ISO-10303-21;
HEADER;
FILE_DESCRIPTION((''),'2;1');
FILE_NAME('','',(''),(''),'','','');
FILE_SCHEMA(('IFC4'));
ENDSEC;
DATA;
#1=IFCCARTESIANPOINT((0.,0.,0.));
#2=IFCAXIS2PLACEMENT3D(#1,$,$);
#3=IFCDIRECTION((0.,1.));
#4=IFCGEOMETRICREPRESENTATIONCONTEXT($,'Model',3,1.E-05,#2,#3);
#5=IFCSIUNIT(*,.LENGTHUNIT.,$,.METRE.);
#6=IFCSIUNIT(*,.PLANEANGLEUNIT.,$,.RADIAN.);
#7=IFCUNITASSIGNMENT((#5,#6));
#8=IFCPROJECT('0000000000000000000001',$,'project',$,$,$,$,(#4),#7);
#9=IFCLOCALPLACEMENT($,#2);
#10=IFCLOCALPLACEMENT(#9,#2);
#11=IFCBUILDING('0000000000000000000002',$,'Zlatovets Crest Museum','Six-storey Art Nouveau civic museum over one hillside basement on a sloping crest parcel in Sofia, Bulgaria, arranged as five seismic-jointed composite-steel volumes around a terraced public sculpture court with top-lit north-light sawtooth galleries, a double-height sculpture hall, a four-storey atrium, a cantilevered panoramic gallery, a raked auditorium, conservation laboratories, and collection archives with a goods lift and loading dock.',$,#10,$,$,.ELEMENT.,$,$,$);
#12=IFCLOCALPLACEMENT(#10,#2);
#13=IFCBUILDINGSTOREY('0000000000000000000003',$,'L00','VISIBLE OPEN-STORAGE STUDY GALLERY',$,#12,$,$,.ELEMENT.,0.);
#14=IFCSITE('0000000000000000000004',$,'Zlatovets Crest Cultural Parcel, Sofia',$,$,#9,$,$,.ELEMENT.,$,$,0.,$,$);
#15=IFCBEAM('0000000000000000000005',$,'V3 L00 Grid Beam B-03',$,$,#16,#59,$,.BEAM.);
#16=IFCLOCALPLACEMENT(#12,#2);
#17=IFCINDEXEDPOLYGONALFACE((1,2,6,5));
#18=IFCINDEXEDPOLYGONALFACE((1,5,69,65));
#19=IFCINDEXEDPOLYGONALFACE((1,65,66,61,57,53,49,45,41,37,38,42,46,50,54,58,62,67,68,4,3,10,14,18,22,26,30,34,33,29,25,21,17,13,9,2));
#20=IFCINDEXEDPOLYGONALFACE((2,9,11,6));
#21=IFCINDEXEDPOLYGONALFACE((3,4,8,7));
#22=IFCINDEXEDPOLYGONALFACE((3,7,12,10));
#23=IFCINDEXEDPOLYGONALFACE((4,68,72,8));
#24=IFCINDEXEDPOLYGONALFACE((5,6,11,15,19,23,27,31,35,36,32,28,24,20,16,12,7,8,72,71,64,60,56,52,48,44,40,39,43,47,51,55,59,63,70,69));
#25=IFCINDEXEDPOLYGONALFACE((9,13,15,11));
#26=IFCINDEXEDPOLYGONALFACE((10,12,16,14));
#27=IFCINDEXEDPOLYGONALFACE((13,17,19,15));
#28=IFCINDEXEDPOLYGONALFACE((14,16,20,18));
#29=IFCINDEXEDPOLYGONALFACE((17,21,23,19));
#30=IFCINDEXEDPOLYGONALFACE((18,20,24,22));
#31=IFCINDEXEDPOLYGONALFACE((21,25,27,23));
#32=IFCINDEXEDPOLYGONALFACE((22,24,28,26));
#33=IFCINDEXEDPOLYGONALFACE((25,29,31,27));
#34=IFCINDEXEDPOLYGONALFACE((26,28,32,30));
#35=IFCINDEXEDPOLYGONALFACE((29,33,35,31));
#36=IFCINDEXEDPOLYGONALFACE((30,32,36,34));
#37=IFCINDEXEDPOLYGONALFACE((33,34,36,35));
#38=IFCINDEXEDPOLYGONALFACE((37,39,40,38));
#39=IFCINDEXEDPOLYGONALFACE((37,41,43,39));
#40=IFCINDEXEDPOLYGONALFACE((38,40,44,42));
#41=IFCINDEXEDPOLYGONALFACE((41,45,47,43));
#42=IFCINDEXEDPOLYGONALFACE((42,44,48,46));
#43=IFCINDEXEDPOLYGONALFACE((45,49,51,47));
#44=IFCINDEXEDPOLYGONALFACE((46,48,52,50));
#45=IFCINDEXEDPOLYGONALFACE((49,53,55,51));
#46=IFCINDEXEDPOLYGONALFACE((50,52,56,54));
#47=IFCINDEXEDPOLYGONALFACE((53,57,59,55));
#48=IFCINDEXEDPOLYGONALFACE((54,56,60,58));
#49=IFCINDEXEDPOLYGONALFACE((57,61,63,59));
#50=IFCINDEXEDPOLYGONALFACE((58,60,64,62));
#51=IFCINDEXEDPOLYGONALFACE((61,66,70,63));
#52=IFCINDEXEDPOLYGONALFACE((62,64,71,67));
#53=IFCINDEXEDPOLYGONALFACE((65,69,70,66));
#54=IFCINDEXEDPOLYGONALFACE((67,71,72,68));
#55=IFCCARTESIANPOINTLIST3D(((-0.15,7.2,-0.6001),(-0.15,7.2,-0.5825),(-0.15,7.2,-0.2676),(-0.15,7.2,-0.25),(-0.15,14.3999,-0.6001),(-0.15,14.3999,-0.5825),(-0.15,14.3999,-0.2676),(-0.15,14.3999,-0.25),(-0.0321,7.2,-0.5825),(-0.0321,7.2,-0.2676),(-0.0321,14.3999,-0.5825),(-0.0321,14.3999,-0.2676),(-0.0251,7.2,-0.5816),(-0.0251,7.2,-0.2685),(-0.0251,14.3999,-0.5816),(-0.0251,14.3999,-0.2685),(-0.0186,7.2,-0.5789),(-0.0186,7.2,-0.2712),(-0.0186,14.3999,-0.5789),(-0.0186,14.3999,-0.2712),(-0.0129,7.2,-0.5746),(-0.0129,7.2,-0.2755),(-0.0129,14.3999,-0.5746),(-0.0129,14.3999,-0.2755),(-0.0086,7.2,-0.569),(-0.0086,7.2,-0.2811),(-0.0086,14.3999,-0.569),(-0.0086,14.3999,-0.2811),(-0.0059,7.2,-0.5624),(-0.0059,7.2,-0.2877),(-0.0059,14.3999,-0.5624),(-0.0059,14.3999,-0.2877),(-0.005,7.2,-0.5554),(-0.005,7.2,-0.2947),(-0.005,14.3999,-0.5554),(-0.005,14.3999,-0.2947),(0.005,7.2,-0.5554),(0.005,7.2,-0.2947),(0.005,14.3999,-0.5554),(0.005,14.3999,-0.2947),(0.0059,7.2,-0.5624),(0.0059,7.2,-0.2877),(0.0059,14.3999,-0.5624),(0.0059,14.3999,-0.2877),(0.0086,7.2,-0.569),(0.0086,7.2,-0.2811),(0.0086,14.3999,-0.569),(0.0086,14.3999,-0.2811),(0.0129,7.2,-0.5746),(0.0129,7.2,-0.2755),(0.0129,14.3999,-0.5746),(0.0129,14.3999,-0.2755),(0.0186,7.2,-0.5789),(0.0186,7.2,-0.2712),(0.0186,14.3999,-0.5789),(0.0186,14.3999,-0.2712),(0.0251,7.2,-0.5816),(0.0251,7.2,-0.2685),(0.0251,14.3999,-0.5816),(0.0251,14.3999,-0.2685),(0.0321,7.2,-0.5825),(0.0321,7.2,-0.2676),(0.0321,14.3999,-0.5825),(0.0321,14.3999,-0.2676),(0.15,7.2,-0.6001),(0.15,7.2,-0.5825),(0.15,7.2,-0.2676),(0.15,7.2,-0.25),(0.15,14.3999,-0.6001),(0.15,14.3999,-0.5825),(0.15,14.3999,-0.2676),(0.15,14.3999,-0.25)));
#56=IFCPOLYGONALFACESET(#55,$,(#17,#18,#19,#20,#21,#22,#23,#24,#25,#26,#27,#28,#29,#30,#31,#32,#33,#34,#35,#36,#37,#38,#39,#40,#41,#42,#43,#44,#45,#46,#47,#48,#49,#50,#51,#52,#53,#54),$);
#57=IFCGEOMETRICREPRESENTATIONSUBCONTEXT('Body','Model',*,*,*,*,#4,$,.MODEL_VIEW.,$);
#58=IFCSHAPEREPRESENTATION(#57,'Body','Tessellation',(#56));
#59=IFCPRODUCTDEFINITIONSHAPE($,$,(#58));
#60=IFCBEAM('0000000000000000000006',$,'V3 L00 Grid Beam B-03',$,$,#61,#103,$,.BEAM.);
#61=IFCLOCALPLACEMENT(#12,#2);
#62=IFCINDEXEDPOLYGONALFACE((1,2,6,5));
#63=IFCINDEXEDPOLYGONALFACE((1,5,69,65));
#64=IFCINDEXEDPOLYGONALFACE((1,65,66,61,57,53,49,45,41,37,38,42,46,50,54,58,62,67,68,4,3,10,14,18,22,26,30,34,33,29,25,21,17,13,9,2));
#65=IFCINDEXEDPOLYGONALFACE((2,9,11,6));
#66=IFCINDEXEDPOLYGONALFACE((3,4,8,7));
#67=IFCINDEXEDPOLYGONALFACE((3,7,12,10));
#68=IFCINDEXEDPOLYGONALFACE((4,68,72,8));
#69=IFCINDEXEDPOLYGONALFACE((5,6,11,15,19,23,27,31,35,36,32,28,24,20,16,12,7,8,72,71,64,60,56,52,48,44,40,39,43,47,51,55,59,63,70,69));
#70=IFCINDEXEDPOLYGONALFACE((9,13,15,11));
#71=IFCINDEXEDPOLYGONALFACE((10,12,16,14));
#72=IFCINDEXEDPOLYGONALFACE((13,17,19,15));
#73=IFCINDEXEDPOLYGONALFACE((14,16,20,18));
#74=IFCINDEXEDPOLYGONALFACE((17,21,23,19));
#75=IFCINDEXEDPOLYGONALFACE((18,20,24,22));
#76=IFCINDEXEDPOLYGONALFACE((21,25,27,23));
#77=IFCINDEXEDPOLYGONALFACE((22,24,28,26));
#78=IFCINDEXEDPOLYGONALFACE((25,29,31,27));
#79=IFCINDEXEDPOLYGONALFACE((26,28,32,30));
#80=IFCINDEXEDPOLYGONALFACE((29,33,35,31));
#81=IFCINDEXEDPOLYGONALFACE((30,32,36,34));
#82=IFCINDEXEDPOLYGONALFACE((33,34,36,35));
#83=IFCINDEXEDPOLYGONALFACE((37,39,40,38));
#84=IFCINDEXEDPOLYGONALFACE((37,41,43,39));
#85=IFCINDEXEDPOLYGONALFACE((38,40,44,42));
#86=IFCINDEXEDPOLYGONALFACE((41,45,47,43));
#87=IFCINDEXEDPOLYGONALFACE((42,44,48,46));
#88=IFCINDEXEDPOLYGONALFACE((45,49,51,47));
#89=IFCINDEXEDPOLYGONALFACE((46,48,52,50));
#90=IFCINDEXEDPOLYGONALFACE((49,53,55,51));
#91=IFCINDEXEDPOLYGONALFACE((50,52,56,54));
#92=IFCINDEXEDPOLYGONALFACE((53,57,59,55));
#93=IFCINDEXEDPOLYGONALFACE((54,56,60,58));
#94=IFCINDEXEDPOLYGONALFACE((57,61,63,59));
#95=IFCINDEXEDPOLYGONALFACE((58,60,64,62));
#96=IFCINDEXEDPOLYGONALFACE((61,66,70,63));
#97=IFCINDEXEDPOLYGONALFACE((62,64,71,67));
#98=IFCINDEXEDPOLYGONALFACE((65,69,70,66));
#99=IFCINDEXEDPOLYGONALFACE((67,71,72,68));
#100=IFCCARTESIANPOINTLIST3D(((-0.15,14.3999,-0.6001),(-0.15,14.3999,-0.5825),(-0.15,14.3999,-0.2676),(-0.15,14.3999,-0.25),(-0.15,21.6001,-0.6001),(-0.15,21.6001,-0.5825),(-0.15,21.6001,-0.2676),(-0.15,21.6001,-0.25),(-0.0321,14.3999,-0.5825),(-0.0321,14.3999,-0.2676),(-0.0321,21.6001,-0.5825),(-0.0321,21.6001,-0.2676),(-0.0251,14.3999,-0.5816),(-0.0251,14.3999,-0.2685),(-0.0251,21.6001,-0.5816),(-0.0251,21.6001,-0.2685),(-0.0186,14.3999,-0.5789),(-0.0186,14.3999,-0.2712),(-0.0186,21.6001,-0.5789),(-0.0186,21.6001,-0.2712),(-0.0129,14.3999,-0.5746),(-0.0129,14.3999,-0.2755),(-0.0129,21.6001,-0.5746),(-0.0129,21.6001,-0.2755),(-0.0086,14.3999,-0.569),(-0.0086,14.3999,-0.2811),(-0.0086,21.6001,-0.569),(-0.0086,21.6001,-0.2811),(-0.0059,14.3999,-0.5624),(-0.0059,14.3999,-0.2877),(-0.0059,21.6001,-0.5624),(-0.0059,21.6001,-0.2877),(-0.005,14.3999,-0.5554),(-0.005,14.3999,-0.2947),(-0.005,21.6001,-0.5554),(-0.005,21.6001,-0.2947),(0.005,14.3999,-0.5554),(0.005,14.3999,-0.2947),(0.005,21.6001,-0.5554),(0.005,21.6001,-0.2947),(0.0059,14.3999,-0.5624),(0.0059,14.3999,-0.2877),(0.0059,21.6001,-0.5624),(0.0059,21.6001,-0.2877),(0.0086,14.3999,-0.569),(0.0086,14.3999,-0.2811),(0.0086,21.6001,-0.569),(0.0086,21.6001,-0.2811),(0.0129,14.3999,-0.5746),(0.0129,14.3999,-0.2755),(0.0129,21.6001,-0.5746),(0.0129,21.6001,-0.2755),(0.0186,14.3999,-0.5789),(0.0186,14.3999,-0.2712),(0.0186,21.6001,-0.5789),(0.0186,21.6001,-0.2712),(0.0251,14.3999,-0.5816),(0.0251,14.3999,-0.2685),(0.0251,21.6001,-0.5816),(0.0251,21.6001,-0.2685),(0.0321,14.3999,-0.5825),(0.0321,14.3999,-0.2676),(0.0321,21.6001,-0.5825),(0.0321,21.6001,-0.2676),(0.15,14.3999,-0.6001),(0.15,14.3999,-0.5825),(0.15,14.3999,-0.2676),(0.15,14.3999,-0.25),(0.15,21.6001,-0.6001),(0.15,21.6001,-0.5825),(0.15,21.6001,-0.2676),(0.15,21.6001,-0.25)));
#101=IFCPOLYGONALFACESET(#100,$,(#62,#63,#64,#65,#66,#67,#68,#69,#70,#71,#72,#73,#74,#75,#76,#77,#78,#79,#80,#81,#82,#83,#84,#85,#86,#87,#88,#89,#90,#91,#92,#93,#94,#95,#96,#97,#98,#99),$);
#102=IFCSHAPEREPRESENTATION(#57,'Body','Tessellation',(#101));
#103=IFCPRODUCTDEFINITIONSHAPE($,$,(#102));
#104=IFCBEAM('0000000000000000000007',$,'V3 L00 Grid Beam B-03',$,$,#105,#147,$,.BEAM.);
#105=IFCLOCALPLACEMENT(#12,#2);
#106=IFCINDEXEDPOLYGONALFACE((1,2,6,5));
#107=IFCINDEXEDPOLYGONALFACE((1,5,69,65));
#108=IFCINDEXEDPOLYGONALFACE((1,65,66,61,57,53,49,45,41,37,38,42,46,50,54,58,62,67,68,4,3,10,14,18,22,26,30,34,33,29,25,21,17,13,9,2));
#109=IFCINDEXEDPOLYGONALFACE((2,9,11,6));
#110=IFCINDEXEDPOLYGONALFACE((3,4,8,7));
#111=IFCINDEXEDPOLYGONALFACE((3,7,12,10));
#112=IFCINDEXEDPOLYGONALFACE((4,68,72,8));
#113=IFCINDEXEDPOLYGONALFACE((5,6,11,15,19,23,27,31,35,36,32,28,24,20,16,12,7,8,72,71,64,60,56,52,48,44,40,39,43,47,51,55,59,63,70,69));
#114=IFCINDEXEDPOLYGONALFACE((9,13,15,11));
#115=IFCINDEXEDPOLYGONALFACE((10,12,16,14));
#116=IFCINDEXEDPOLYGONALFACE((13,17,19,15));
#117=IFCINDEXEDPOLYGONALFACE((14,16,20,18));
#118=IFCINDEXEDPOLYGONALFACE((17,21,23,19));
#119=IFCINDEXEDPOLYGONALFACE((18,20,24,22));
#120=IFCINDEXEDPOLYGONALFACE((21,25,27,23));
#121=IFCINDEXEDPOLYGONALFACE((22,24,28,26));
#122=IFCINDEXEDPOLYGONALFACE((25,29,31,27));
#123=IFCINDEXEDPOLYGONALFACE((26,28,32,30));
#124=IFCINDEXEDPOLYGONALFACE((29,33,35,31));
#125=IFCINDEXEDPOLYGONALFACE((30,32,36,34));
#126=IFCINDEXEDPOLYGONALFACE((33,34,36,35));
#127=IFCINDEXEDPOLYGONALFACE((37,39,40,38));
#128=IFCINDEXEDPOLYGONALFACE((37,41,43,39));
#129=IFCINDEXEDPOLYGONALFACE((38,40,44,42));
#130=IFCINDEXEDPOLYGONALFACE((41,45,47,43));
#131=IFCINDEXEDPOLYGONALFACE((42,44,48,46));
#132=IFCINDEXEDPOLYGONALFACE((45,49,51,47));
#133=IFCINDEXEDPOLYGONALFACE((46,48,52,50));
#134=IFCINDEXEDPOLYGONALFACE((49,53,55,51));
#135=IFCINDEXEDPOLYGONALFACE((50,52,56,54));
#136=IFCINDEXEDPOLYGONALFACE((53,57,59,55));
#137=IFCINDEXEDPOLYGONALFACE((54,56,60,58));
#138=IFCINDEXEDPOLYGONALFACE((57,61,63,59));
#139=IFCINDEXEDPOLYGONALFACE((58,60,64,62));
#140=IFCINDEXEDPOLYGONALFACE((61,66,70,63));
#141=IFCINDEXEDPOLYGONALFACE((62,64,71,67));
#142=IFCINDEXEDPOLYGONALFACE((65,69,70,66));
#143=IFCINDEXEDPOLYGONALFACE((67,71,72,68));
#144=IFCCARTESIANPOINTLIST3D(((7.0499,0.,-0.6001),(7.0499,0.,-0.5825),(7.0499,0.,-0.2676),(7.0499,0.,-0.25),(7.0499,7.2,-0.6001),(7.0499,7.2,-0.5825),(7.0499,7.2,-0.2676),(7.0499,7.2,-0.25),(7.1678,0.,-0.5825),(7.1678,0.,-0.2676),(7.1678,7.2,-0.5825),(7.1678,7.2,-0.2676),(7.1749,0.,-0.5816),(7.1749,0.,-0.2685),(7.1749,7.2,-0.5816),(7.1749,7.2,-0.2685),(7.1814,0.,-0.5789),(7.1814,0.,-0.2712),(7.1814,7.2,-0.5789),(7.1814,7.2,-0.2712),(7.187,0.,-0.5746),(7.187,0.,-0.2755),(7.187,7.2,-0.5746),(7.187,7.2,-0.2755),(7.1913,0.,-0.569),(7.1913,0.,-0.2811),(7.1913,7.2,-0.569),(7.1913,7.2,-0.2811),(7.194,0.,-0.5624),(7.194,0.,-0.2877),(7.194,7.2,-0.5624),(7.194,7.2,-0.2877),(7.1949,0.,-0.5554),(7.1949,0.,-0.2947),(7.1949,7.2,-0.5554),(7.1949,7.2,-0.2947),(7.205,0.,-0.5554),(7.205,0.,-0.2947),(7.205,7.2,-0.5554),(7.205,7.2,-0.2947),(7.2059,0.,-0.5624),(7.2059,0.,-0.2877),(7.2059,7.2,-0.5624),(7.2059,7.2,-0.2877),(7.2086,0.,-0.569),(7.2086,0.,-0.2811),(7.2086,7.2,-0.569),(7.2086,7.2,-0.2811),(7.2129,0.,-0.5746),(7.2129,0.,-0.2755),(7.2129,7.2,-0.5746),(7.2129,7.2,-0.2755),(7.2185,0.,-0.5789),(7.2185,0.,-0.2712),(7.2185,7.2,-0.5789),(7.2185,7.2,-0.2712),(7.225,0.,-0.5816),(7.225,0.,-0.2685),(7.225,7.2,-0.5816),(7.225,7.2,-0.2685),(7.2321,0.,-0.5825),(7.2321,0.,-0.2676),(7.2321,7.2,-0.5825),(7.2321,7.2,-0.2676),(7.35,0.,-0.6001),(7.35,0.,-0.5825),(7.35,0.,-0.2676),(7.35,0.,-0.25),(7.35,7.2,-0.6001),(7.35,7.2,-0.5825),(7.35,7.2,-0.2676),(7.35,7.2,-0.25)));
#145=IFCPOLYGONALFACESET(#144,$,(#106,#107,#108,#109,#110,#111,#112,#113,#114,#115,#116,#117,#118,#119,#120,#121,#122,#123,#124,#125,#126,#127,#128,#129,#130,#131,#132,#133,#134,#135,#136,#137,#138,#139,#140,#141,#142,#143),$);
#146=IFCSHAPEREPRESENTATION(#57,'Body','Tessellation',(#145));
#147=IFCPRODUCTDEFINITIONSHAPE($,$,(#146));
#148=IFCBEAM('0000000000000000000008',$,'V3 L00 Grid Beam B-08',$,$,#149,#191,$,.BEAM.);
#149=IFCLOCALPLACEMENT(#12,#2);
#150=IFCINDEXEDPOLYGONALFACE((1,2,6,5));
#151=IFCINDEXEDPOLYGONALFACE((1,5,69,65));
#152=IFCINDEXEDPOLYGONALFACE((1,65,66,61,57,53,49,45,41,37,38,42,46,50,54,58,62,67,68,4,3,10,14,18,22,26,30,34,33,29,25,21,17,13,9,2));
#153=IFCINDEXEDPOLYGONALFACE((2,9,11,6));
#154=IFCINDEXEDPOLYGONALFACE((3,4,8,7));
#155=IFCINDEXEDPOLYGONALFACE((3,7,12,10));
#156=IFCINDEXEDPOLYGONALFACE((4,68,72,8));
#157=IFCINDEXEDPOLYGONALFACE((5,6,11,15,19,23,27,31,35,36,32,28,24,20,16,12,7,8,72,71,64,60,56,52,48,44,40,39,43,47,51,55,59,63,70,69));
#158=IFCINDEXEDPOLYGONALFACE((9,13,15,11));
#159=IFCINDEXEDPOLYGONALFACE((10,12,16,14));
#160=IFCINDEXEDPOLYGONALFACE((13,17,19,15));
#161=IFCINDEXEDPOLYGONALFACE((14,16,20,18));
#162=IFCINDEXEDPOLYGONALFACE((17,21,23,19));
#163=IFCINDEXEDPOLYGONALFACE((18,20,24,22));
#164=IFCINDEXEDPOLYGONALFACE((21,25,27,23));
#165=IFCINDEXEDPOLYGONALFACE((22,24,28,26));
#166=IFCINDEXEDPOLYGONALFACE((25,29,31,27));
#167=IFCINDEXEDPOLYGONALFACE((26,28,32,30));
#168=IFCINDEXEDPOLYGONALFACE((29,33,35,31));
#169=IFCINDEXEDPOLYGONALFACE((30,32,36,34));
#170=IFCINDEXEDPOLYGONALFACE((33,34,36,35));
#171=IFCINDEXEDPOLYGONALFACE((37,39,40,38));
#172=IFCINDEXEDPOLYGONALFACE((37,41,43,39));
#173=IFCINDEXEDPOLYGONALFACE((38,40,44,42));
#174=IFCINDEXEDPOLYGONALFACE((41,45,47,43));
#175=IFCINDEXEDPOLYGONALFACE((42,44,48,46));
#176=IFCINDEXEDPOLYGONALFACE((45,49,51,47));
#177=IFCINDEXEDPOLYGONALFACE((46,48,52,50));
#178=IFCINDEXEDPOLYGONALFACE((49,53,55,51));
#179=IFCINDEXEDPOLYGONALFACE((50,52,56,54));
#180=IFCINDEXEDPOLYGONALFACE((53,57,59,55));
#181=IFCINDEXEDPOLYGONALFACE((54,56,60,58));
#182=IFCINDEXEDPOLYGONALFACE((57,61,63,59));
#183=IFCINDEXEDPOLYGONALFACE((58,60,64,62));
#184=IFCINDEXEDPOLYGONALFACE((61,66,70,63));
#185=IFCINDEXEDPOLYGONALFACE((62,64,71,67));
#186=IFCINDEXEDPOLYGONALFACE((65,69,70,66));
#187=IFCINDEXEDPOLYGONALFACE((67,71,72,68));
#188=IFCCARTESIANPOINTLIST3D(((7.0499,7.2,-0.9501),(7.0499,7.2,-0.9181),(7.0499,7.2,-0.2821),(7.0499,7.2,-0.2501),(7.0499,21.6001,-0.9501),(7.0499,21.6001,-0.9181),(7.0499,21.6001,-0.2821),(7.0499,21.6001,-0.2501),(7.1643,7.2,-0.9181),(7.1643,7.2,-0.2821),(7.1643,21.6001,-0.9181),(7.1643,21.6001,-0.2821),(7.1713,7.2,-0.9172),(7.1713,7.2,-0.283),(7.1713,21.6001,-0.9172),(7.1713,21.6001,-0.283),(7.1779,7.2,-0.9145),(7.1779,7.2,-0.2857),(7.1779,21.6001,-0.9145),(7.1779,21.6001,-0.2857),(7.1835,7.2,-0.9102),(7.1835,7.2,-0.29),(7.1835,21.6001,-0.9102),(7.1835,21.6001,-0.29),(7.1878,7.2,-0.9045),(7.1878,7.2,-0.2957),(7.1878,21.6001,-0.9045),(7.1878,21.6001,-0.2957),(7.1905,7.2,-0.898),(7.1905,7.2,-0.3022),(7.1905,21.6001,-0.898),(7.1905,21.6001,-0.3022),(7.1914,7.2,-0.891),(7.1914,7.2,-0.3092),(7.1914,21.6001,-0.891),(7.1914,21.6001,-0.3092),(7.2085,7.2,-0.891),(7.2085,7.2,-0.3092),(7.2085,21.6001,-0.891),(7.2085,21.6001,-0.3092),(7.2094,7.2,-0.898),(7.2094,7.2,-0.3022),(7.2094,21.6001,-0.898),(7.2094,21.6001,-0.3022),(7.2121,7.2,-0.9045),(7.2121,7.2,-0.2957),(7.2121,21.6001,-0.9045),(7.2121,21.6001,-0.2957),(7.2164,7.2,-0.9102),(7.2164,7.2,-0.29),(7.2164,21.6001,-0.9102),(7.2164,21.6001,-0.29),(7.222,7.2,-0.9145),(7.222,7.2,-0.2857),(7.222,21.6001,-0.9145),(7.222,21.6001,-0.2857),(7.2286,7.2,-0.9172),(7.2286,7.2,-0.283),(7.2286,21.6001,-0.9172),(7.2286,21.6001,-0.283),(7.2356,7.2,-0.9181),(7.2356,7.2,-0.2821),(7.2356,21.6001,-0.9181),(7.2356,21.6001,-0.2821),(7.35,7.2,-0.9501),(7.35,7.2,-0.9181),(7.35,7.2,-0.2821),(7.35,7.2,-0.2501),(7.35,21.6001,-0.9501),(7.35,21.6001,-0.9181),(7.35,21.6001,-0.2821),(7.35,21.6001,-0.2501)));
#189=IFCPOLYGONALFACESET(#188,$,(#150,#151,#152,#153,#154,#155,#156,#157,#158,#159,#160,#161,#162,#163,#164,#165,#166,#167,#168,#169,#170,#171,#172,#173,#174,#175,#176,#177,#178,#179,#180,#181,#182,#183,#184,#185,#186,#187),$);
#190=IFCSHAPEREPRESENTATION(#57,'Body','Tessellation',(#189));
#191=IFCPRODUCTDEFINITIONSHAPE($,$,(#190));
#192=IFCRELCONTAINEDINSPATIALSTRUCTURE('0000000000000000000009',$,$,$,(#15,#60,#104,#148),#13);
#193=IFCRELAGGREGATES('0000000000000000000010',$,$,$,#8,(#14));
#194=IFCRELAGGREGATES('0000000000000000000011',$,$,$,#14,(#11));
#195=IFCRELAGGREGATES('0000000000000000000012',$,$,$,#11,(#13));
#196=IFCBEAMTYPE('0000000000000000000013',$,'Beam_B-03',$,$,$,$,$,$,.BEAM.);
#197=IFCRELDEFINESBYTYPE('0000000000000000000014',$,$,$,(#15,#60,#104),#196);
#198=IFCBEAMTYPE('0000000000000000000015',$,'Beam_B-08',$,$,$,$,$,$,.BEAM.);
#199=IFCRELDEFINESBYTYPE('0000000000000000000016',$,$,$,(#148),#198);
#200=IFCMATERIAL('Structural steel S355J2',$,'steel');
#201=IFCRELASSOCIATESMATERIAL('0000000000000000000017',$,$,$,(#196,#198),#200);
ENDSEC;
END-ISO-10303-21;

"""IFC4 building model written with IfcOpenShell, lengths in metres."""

from ifc_helpers import new_model, si_unit, direction, frame, origin, origin_2d, place, context, subcontext, project, spatial, i_section, extrude, material, material_profile, profile_set, type_object, element, save


model = new_model("IFC4")

# Units and contexts
model_context = context("Model", 3, precision=1e-05, world=origin(), true_north=direction((0.0, 1.0)))
body_context = subcontext(model_context, "Body", "Model", "MODEL_VIEW")
ifc_project = project(units=[si_unit("LENGTHUNIT", "METRE"), si_unit("PLANEANGLEUNIT", "RADIAN")], contexts=[model_context])

# Site, building, storey
site_placement = place(None, origin())
site = spatial("IfcSite", under=ifc_project, at=site_placement, Name="Zlatovets Crest Cultural Parcel, Sofia", CompositionType="ELEMENT", RefElevation=0.0)
building_placement = place(site_placement, origin())
building = spatial("IfcBuilding", under=site, at=building_placement, Name="Zlatovets Crest Museum", Description="Six-storey Art Nouveau civic museum over one hillside basement on a sloping crest parcel in Sofia, Bulgaria, arranged as five seismic-jointed composite-steel volumes around a terraced public sculpture court with top-lit north-light sawtooth galleries, a double-height sculpture hall, a four-storey atrium, a cantilevered panoramic gallery, a raked auditorium, conservation laboratories, and collection archives with a goods lift and loading dock.", CompositionType="ELEMENT")
storey_placement = place(building_placement, origin())
storey = spatial("IfcBuildingStorey", under=building, at=storey_placement, Name="L00", Description="VISIBLE OPEN-STORAGE STUDY GALLERY", CompositionType="ELEMENT", Elevation=0.0)

# Shared definitions
ifc_material_1 = material(Name="Structural steel S355J2", Category="steel")

# Beams
ifc_material_profile_1 = material_profile(ifc_material_1, i_section(OverallWidth=0.3, OverallDepth=0.3501, WebThickness=0.01, FlangeThickness=0.0176, FilletRadius=0.0271, at=origin_2d()), Name="HEA 360")
ifc_profile_set_1 = profile_set([ifc_material_profile_1], Name="Structural steel S355J2")
beam_type_1 = type_object("IfcBeamType", Name="Beam_B-03", PredefinedType="BEAM", material=ifc_profile_set_1)
beam_1_placement = place(storey_placement, frame((0.0, 7.2, -0.425), z_axis=(0.0, 1.0, 0.0), x_axis=(-1.0, 0.0, 0.0)))
element("IfcBeam", 1, at=beam_1_placement, inside=storey, type_object=beam_type_1, Name="V3 L00 Grid Beam B-03", PredefinedType="BEAM", context=body_context, shape_type="SweptSolid", body=[
    extrude(i_section(OverallWidth=0.3, OverallDepth=0.3501, WebThickness=0.01, FlangeThickness=0.0176, FilletRadius=0.0271, at=origin_2d()), origin(), (0.0, 0.0, 1.0), 7.2),
])
beam_2_placement = place(storey_placement, frame((0.0, 14.3999, -0.425), z_axis=(0.0, 1.0, 0.0), x_axis=(-1.0, 0.0, 0.0)))
element("IfcBeam", 2, at=beam_2_placement, inside=storey, type_object=beam_type_1, Name="V3 L00 Grid Beam B-03", PredefinedType="BEAM", context=body_context, shape_type="SweptSolid", body=[
    extrude(i_section(OverallWidth=0.3, OverallDepth=0.3501, WebThickness=0.01, FlangeThickness=0.0176, FilletRadius=0.0271, at=origin_2d()), origin(), (0.0, 0.0, 1.0), 7.2002),
])
beam_3_placement = place(storey_placement, frame((7.2, 0.0, -0.425), z_axis=(0.0, 1.0, 0.0), x_axis=(-1.0, 0.0, 0.0)))
element("IfcBeam", 3, at=beam_3_placement, inside=storey, type_object=beam_type_1, Name="V3 L00 Grid Beam B-03", PredefinedType="BEAM", context=body_context, shape_type="SweptSolid", body=[
    extrude(i_section(OverallWidth=0.3, OverallDepth=0.3501, WebThickness=0.01, FlangeThickness=0.0176, FilletRadius=0.0271, at=origin_2d()), origin(), (0.0, 0.0, 1.0), 7.2),
])
ifc_material_profile_2 = material_profile(ifc_material_1, i_section(OverallWidth=0.3, OverallDepth=0.7, WebThickness=0.0171, FlangeThickness=0.032, FilletRadius=0.0271, at=origin_2d()), Name="HEB 700")
ifc_profile_set_2 = profile_set([ifc_material_profile_2], Name="Structural steel S355J2")
beam_type_2 = type_object("IfcBeamType", Name="Beam_B-08", PredefinedType="BEAM", material=ifc_profile_set_2)
beam_4_placement = place(storey_placement, frame((7.2, 7.2, -0.6001), z_axis=(0.0, 1.0, 0.0), x_axis=(-1.0, 0.0, 0.0)))
element("IfcBeam", 4, at=beam_4_placement, inside=storey, type_object=beam_type_2, Name="V3 L00 Grid Beam B-08", PredefinedType="BEAM", context=body_context, shape_type="SweptSolid", body=[
    extrude(i_section(OverallWidth=0.3, OverallDepth=0.7, WebThickness=0.0171, FlangeThickness=0.032, FilletRadius=0.0271, at=origin_2d()), origin(), (0.0, 0.0, 1.0), 14.4001),
])

save(model, "model.ifc")
